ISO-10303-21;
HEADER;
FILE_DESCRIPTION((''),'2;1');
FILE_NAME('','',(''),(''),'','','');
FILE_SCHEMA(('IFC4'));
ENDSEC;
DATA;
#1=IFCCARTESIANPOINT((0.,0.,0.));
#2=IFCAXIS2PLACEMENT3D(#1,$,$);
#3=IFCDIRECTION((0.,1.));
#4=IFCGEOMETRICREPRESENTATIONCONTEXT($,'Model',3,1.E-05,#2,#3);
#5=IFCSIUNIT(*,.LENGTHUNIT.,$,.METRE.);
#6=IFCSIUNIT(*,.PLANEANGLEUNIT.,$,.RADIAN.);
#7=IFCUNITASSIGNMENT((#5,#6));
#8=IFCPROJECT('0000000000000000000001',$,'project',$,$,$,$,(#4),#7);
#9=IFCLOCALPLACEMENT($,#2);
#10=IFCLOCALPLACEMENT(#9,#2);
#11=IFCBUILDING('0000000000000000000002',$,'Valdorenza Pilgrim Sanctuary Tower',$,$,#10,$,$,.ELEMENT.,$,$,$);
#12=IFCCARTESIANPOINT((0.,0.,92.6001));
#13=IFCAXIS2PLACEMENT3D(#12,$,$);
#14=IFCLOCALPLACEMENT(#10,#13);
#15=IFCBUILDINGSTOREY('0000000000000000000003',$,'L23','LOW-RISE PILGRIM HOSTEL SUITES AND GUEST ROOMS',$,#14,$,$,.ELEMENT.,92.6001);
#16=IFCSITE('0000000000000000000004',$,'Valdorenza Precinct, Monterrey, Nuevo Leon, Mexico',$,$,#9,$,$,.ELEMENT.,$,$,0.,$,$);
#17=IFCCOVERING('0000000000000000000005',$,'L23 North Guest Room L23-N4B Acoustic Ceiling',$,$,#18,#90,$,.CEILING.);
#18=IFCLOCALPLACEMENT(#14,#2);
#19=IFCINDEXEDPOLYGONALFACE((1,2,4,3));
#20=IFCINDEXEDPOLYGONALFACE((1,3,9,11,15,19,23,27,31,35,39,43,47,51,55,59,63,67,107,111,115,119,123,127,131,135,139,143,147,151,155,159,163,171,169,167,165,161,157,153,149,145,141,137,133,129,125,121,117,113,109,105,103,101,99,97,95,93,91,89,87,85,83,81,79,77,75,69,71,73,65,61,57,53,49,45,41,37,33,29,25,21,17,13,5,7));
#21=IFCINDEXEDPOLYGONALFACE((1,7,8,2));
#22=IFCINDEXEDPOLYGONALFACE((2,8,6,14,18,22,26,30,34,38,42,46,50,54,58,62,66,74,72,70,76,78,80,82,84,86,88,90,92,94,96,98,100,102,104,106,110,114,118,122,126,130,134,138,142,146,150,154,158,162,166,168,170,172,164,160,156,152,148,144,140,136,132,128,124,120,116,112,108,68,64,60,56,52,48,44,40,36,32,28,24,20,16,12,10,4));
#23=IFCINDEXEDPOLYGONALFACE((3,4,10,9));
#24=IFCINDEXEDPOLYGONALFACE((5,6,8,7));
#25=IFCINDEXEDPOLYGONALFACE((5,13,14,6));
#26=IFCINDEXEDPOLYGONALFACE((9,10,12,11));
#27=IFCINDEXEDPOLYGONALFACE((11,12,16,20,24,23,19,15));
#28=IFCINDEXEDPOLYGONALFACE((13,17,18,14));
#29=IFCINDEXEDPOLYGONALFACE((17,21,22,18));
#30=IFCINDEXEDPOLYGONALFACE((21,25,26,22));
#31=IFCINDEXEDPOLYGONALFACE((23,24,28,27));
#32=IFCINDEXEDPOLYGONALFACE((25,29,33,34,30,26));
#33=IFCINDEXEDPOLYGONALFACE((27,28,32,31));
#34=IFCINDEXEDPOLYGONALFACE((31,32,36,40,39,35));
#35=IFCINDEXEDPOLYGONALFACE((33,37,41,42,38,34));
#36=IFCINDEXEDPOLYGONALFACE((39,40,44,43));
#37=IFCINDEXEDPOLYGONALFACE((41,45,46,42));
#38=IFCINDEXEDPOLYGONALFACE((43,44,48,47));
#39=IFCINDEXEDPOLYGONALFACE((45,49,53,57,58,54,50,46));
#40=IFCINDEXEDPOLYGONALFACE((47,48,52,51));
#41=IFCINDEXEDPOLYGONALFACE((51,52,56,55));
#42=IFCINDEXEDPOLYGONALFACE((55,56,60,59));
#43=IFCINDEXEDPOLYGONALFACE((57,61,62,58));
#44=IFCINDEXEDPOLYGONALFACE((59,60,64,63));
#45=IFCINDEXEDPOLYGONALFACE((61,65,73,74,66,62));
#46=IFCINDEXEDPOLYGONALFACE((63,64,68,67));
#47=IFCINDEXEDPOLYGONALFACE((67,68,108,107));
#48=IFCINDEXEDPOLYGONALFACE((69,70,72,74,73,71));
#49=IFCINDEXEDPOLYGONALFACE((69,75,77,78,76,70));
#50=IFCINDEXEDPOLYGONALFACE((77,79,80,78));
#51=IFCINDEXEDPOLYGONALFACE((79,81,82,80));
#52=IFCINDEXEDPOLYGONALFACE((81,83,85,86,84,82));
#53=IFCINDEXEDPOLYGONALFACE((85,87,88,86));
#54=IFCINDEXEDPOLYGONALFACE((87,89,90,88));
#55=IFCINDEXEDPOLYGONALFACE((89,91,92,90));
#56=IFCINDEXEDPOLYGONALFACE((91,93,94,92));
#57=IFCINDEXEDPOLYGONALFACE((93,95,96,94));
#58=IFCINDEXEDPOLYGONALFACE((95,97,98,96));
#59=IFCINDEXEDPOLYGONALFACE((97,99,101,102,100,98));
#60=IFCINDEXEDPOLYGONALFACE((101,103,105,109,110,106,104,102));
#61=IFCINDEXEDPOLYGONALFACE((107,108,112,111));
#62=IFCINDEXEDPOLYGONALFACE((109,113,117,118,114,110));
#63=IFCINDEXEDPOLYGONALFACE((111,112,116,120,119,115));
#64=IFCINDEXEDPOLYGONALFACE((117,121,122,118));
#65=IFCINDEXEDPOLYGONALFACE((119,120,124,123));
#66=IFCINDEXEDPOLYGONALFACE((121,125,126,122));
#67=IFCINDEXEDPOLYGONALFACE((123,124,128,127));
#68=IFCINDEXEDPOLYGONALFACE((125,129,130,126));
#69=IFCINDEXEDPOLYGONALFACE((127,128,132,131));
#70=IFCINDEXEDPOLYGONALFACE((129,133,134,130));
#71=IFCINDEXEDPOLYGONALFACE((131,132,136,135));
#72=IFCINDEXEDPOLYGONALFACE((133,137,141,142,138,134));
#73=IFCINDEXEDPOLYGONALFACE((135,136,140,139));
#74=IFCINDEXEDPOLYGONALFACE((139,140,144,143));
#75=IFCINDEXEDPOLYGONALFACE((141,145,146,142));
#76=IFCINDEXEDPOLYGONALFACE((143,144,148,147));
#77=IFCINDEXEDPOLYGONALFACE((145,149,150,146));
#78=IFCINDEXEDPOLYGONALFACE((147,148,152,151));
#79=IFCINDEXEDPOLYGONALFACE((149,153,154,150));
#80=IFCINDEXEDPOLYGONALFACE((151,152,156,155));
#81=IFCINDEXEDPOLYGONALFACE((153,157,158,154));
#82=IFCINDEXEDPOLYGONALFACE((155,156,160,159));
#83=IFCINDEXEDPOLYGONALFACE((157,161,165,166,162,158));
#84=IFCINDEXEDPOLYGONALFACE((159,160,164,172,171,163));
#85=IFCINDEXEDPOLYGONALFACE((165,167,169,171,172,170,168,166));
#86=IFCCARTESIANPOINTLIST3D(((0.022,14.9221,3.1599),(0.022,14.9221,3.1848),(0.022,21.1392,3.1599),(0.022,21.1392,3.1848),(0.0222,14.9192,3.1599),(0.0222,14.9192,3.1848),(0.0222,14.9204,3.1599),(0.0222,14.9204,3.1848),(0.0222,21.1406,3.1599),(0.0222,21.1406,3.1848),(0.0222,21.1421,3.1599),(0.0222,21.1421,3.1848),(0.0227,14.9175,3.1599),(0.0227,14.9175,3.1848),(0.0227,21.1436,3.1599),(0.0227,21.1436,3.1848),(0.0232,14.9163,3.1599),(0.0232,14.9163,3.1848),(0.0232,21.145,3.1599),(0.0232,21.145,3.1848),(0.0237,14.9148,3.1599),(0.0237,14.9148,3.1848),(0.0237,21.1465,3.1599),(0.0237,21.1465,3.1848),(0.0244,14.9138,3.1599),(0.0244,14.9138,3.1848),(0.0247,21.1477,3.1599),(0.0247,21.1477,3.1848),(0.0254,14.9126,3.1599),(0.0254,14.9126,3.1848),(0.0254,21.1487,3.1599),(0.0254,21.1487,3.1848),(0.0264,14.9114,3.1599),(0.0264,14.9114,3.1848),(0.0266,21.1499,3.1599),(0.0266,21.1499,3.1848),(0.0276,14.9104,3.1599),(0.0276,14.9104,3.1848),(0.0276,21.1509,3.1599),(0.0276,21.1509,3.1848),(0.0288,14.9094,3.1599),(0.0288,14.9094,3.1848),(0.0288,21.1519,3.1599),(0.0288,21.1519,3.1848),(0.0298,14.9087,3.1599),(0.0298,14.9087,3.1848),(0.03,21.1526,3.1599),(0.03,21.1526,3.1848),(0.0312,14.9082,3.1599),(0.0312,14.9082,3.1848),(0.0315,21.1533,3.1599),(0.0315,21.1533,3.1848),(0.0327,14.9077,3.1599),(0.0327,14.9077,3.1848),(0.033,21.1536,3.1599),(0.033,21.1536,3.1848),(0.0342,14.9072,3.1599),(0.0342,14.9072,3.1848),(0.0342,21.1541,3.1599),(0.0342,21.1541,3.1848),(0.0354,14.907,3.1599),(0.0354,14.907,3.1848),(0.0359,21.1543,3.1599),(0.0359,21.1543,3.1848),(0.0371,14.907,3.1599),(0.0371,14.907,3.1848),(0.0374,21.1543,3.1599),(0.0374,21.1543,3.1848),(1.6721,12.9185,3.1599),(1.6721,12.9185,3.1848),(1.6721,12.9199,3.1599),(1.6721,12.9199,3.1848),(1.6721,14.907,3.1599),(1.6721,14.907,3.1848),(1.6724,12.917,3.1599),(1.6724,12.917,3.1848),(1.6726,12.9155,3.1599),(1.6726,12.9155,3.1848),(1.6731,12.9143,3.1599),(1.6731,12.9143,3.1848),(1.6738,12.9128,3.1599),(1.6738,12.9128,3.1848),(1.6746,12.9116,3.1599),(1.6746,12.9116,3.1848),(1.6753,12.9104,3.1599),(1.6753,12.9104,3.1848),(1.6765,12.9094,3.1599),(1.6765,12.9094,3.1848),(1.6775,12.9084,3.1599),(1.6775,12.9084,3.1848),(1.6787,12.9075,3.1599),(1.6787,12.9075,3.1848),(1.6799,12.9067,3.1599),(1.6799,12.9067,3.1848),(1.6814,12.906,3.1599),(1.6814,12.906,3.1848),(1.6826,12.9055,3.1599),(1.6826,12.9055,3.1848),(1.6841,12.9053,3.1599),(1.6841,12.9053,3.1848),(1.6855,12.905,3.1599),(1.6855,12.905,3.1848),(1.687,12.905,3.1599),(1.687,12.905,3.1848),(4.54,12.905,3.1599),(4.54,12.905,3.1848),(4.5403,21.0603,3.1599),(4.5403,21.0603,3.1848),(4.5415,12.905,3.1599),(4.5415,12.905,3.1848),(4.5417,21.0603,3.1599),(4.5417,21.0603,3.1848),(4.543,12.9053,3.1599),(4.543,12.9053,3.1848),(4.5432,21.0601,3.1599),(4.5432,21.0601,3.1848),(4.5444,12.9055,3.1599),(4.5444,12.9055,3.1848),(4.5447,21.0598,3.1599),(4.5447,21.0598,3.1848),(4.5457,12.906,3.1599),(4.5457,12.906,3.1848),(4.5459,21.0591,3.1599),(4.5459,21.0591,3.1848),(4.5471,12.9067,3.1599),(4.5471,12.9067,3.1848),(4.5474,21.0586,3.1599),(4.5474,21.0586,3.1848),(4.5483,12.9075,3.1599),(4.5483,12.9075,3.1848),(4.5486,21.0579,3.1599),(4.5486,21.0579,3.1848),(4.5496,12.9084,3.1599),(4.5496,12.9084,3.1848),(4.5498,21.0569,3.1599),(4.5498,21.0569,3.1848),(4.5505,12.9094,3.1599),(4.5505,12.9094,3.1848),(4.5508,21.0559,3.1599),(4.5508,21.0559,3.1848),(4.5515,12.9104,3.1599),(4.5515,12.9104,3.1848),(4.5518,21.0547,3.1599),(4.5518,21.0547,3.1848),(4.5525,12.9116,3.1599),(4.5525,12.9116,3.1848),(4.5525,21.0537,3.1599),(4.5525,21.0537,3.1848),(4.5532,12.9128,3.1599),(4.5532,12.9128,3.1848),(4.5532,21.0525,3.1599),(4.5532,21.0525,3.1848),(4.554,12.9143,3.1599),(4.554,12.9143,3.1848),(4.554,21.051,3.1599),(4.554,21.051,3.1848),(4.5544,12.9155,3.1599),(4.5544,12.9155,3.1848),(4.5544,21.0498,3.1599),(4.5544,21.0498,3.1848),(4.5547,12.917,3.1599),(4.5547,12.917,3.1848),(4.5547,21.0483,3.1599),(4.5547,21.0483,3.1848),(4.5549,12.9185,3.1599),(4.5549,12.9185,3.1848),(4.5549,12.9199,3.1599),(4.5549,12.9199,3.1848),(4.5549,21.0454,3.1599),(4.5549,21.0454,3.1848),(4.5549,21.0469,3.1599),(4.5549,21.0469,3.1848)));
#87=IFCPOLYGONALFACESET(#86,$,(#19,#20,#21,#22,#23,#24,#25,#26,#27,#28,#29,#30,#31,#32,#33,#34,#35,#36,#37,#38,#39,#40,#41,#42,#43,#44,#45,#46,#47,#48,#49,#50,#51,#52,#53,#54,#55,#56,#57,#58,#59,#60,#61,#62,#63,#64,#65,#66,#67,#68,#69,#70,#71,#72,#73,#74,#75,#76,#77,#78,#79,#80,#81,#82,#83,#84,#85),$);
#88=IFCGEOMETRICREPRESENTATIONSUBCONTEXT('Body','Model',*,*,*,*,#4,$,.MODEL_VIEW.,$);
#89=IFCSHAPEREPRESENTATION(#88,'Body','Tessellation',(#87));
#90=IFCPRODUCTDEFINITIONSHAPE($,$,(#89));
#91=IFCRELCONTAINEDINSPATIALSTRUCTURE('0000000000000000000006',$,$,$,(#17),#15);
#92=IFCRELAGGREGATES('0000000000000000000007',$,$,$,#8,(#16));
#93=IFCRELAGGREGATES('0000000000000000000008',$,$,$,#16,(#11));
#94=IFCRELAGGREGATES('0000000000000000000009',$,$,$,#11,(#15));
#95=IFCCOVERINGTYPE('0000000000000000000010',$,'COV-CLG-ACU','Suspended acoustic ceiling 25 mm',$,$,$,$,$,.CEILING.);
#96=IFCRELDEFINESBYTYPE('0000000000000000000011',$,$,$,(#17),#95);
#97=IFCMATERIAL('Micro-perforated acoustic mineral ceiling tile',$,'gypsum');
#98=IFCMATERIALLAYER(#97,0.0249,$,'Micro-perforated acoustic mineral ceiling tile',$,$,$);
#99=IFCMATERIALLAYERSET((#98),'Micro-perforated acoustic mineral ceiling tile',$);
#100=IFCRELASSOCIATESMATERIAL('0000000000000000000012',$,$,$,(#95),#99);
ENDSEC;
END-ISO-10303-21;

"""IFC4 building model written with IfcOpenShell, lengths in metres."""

from ifc_helpers import new_model, si_unit, direction, frame, origin, place, context, subcontext, project, spatial, polyline, outline, extrude, material, layer, layer_set, type_object, element, save


model = new_model("IFC4")

# Units and contexts
model_context = context("Model", 3, precision=1e-05, world=origin(), true_north=direction((0.0, 1.0)))
body_context = subcontext(model_context, "Body", "Model", "MODEL_VIEW")
ifc_project = project(units=[si_unit("LENGTHUNIT", "METRE"), si_unit("PLANEANGLEUNIT", "RADIAN")], contexts=[model_context])

# Site, building, storey
site_placement = place(None, origin())
site = spatial("IfcSite", under=ifc_project, at=site_placement, Name="Valdorenza Precinct, Monterrey, Nuevo Leon, Mexico", CompositionType="ELEMENT", RefElevation=0.0)
building_placement = place(site_placement, origin())
building = spatial("IfcBuilding", under=site, at=building_placement, Name="Valdorenza Pilgrim Sanctuary Tower", CompositionType="ELEMENT")
storey_placement = place(building_placement, frame((0.0, 0.0, 92.6001)))
storey = spatial("IfcBuildingStorey", under=building, at=storey_placement, Name="L23", Description="LOW-RISE PILGRIM HOSTEL SUITES AND GUEST ROOMS", CompositionType="ELEMENT", Elevation=92.6001)

# Covering
ifc_material_1 = material(Name="Micro-perforated acoustic mineral ceiling tile", Category="gypsum")
ifc_layer_1 = layer(ifc_material_1, 0.0249, Name="Micro-perforated acoustic mineral ceiling tile")
ifc_layer_set_1 = layer_set([ifc_layer_1], Name="Micro-perforated acoustic mineral ceiling tile")
covering_type_1 = type_object("IfcCoveringType", Name="COV-CLG-ACU", Description="Suspended acoustic ceiling 25 mm", PredefinedType="CEILING", material=ifc_layer_set_1)
covering_1_placement = place(storey_placement, frame((0.0, 0.0, 3.1599)))
element("IfcCovering", 1, at=covering_1_placement, inside=storey, type_object=covering_type_1, Name="L23 North Guest Room L23-N4B Acoustic Ceiling", PredefinedType="CEILING", context=body_context, shape_type="SweptSolid", body=[
    extrude(outline(polyline([(1.6721, 14.907), (0.0371, 14.907), (0.0354, 14.907), (0.0342, 14.9072), (0.0327, 14.9077), (0.0312, 14.9082), (0.0298, 14.9087), (0.0288, 14.9094), (0.0276, 14.9104), (0.0264, 14.9114), (0.0254, 14.9126), (0.0244, 14.9138), (0.0237, 14.9148), (0.0232, 14.9163), (0.0227, 14.9175), (0.0222, 14.9192), (0.0222, 14.9204), (0.022, 14.9221), (0.022, 21.1392), (0.0222, 21.1406), (0.0222, 21.1421), (0.0227, 21.1436), (0.0232, 21.145), (0.0237, 21.1465), (0.0247, 21.1477), (0.0254, 21.1487), (0.0266, 21.1499), (0.0276, 21.1509), (0.0288, 21.1519), (0.03, 21.1526), (0.0315, 21.1533), (0.033, 21.1536), (0.0342, 21.1541), (0.0359, 21.1543), (0.0374, 21.1543), (4.5403, 21.0603), (4.5417, 21.0603), (4.5432, 21.0601), (4.5447, 21.0598), (4.5459, 21.0591), (4.5474, 21.0586), (4.5486, 21.0579), (4.5498, 21.0569), (4.5508, 21.0559), (4.5518, 21.0547), (4.5525, 21.0537), (4.5532, 21.0525), (4.554, 21.051), (4.5544, 21.0498), (4.5547, 21.0483), (4.5549, 21.0469), (4.5549, 21.0454), (4.5549, 12.9199), (4.5549, 12.9185), (4.5547, 12.917), (4.5544, 12.9155), (4.554, 12.9143), (4.5532, 12.9128), (4.5525, 12.9116), (4.5515, 12.9104), (4.5505, 12.9094), (4.5496, 12.9084), (4.5483, 12.9075), (4.5471, 12.9067), (4.5457, 12.906), (4.5444, 12.9055), (4.543, 12.9053), (4.5415, 12.905), (4.54, 12.905), (1.687, 12.905), (1.6855, 12.905), (1.6841, 12.9053), (1.6826, 12.9055), (1.6814, 12.906), (1.6799, 12.9067), (1.6787, 12.9075), (1.6775, 12.9084), (1.6765, 12.9094), (1.6753, 12.9104), (1.6746, 12.9116), (1.6738, 12.9128), (1.6731, 12.9143), (1.6726, 12.9155), (1.6724, 12.917), (1.6721, 12.9185), (1.6721, 12.9199), (1.6721, 14.907)])), origin(), (0.0, 0.0, 1.0), 0.0249),
])

save(model, "model.ifc")
